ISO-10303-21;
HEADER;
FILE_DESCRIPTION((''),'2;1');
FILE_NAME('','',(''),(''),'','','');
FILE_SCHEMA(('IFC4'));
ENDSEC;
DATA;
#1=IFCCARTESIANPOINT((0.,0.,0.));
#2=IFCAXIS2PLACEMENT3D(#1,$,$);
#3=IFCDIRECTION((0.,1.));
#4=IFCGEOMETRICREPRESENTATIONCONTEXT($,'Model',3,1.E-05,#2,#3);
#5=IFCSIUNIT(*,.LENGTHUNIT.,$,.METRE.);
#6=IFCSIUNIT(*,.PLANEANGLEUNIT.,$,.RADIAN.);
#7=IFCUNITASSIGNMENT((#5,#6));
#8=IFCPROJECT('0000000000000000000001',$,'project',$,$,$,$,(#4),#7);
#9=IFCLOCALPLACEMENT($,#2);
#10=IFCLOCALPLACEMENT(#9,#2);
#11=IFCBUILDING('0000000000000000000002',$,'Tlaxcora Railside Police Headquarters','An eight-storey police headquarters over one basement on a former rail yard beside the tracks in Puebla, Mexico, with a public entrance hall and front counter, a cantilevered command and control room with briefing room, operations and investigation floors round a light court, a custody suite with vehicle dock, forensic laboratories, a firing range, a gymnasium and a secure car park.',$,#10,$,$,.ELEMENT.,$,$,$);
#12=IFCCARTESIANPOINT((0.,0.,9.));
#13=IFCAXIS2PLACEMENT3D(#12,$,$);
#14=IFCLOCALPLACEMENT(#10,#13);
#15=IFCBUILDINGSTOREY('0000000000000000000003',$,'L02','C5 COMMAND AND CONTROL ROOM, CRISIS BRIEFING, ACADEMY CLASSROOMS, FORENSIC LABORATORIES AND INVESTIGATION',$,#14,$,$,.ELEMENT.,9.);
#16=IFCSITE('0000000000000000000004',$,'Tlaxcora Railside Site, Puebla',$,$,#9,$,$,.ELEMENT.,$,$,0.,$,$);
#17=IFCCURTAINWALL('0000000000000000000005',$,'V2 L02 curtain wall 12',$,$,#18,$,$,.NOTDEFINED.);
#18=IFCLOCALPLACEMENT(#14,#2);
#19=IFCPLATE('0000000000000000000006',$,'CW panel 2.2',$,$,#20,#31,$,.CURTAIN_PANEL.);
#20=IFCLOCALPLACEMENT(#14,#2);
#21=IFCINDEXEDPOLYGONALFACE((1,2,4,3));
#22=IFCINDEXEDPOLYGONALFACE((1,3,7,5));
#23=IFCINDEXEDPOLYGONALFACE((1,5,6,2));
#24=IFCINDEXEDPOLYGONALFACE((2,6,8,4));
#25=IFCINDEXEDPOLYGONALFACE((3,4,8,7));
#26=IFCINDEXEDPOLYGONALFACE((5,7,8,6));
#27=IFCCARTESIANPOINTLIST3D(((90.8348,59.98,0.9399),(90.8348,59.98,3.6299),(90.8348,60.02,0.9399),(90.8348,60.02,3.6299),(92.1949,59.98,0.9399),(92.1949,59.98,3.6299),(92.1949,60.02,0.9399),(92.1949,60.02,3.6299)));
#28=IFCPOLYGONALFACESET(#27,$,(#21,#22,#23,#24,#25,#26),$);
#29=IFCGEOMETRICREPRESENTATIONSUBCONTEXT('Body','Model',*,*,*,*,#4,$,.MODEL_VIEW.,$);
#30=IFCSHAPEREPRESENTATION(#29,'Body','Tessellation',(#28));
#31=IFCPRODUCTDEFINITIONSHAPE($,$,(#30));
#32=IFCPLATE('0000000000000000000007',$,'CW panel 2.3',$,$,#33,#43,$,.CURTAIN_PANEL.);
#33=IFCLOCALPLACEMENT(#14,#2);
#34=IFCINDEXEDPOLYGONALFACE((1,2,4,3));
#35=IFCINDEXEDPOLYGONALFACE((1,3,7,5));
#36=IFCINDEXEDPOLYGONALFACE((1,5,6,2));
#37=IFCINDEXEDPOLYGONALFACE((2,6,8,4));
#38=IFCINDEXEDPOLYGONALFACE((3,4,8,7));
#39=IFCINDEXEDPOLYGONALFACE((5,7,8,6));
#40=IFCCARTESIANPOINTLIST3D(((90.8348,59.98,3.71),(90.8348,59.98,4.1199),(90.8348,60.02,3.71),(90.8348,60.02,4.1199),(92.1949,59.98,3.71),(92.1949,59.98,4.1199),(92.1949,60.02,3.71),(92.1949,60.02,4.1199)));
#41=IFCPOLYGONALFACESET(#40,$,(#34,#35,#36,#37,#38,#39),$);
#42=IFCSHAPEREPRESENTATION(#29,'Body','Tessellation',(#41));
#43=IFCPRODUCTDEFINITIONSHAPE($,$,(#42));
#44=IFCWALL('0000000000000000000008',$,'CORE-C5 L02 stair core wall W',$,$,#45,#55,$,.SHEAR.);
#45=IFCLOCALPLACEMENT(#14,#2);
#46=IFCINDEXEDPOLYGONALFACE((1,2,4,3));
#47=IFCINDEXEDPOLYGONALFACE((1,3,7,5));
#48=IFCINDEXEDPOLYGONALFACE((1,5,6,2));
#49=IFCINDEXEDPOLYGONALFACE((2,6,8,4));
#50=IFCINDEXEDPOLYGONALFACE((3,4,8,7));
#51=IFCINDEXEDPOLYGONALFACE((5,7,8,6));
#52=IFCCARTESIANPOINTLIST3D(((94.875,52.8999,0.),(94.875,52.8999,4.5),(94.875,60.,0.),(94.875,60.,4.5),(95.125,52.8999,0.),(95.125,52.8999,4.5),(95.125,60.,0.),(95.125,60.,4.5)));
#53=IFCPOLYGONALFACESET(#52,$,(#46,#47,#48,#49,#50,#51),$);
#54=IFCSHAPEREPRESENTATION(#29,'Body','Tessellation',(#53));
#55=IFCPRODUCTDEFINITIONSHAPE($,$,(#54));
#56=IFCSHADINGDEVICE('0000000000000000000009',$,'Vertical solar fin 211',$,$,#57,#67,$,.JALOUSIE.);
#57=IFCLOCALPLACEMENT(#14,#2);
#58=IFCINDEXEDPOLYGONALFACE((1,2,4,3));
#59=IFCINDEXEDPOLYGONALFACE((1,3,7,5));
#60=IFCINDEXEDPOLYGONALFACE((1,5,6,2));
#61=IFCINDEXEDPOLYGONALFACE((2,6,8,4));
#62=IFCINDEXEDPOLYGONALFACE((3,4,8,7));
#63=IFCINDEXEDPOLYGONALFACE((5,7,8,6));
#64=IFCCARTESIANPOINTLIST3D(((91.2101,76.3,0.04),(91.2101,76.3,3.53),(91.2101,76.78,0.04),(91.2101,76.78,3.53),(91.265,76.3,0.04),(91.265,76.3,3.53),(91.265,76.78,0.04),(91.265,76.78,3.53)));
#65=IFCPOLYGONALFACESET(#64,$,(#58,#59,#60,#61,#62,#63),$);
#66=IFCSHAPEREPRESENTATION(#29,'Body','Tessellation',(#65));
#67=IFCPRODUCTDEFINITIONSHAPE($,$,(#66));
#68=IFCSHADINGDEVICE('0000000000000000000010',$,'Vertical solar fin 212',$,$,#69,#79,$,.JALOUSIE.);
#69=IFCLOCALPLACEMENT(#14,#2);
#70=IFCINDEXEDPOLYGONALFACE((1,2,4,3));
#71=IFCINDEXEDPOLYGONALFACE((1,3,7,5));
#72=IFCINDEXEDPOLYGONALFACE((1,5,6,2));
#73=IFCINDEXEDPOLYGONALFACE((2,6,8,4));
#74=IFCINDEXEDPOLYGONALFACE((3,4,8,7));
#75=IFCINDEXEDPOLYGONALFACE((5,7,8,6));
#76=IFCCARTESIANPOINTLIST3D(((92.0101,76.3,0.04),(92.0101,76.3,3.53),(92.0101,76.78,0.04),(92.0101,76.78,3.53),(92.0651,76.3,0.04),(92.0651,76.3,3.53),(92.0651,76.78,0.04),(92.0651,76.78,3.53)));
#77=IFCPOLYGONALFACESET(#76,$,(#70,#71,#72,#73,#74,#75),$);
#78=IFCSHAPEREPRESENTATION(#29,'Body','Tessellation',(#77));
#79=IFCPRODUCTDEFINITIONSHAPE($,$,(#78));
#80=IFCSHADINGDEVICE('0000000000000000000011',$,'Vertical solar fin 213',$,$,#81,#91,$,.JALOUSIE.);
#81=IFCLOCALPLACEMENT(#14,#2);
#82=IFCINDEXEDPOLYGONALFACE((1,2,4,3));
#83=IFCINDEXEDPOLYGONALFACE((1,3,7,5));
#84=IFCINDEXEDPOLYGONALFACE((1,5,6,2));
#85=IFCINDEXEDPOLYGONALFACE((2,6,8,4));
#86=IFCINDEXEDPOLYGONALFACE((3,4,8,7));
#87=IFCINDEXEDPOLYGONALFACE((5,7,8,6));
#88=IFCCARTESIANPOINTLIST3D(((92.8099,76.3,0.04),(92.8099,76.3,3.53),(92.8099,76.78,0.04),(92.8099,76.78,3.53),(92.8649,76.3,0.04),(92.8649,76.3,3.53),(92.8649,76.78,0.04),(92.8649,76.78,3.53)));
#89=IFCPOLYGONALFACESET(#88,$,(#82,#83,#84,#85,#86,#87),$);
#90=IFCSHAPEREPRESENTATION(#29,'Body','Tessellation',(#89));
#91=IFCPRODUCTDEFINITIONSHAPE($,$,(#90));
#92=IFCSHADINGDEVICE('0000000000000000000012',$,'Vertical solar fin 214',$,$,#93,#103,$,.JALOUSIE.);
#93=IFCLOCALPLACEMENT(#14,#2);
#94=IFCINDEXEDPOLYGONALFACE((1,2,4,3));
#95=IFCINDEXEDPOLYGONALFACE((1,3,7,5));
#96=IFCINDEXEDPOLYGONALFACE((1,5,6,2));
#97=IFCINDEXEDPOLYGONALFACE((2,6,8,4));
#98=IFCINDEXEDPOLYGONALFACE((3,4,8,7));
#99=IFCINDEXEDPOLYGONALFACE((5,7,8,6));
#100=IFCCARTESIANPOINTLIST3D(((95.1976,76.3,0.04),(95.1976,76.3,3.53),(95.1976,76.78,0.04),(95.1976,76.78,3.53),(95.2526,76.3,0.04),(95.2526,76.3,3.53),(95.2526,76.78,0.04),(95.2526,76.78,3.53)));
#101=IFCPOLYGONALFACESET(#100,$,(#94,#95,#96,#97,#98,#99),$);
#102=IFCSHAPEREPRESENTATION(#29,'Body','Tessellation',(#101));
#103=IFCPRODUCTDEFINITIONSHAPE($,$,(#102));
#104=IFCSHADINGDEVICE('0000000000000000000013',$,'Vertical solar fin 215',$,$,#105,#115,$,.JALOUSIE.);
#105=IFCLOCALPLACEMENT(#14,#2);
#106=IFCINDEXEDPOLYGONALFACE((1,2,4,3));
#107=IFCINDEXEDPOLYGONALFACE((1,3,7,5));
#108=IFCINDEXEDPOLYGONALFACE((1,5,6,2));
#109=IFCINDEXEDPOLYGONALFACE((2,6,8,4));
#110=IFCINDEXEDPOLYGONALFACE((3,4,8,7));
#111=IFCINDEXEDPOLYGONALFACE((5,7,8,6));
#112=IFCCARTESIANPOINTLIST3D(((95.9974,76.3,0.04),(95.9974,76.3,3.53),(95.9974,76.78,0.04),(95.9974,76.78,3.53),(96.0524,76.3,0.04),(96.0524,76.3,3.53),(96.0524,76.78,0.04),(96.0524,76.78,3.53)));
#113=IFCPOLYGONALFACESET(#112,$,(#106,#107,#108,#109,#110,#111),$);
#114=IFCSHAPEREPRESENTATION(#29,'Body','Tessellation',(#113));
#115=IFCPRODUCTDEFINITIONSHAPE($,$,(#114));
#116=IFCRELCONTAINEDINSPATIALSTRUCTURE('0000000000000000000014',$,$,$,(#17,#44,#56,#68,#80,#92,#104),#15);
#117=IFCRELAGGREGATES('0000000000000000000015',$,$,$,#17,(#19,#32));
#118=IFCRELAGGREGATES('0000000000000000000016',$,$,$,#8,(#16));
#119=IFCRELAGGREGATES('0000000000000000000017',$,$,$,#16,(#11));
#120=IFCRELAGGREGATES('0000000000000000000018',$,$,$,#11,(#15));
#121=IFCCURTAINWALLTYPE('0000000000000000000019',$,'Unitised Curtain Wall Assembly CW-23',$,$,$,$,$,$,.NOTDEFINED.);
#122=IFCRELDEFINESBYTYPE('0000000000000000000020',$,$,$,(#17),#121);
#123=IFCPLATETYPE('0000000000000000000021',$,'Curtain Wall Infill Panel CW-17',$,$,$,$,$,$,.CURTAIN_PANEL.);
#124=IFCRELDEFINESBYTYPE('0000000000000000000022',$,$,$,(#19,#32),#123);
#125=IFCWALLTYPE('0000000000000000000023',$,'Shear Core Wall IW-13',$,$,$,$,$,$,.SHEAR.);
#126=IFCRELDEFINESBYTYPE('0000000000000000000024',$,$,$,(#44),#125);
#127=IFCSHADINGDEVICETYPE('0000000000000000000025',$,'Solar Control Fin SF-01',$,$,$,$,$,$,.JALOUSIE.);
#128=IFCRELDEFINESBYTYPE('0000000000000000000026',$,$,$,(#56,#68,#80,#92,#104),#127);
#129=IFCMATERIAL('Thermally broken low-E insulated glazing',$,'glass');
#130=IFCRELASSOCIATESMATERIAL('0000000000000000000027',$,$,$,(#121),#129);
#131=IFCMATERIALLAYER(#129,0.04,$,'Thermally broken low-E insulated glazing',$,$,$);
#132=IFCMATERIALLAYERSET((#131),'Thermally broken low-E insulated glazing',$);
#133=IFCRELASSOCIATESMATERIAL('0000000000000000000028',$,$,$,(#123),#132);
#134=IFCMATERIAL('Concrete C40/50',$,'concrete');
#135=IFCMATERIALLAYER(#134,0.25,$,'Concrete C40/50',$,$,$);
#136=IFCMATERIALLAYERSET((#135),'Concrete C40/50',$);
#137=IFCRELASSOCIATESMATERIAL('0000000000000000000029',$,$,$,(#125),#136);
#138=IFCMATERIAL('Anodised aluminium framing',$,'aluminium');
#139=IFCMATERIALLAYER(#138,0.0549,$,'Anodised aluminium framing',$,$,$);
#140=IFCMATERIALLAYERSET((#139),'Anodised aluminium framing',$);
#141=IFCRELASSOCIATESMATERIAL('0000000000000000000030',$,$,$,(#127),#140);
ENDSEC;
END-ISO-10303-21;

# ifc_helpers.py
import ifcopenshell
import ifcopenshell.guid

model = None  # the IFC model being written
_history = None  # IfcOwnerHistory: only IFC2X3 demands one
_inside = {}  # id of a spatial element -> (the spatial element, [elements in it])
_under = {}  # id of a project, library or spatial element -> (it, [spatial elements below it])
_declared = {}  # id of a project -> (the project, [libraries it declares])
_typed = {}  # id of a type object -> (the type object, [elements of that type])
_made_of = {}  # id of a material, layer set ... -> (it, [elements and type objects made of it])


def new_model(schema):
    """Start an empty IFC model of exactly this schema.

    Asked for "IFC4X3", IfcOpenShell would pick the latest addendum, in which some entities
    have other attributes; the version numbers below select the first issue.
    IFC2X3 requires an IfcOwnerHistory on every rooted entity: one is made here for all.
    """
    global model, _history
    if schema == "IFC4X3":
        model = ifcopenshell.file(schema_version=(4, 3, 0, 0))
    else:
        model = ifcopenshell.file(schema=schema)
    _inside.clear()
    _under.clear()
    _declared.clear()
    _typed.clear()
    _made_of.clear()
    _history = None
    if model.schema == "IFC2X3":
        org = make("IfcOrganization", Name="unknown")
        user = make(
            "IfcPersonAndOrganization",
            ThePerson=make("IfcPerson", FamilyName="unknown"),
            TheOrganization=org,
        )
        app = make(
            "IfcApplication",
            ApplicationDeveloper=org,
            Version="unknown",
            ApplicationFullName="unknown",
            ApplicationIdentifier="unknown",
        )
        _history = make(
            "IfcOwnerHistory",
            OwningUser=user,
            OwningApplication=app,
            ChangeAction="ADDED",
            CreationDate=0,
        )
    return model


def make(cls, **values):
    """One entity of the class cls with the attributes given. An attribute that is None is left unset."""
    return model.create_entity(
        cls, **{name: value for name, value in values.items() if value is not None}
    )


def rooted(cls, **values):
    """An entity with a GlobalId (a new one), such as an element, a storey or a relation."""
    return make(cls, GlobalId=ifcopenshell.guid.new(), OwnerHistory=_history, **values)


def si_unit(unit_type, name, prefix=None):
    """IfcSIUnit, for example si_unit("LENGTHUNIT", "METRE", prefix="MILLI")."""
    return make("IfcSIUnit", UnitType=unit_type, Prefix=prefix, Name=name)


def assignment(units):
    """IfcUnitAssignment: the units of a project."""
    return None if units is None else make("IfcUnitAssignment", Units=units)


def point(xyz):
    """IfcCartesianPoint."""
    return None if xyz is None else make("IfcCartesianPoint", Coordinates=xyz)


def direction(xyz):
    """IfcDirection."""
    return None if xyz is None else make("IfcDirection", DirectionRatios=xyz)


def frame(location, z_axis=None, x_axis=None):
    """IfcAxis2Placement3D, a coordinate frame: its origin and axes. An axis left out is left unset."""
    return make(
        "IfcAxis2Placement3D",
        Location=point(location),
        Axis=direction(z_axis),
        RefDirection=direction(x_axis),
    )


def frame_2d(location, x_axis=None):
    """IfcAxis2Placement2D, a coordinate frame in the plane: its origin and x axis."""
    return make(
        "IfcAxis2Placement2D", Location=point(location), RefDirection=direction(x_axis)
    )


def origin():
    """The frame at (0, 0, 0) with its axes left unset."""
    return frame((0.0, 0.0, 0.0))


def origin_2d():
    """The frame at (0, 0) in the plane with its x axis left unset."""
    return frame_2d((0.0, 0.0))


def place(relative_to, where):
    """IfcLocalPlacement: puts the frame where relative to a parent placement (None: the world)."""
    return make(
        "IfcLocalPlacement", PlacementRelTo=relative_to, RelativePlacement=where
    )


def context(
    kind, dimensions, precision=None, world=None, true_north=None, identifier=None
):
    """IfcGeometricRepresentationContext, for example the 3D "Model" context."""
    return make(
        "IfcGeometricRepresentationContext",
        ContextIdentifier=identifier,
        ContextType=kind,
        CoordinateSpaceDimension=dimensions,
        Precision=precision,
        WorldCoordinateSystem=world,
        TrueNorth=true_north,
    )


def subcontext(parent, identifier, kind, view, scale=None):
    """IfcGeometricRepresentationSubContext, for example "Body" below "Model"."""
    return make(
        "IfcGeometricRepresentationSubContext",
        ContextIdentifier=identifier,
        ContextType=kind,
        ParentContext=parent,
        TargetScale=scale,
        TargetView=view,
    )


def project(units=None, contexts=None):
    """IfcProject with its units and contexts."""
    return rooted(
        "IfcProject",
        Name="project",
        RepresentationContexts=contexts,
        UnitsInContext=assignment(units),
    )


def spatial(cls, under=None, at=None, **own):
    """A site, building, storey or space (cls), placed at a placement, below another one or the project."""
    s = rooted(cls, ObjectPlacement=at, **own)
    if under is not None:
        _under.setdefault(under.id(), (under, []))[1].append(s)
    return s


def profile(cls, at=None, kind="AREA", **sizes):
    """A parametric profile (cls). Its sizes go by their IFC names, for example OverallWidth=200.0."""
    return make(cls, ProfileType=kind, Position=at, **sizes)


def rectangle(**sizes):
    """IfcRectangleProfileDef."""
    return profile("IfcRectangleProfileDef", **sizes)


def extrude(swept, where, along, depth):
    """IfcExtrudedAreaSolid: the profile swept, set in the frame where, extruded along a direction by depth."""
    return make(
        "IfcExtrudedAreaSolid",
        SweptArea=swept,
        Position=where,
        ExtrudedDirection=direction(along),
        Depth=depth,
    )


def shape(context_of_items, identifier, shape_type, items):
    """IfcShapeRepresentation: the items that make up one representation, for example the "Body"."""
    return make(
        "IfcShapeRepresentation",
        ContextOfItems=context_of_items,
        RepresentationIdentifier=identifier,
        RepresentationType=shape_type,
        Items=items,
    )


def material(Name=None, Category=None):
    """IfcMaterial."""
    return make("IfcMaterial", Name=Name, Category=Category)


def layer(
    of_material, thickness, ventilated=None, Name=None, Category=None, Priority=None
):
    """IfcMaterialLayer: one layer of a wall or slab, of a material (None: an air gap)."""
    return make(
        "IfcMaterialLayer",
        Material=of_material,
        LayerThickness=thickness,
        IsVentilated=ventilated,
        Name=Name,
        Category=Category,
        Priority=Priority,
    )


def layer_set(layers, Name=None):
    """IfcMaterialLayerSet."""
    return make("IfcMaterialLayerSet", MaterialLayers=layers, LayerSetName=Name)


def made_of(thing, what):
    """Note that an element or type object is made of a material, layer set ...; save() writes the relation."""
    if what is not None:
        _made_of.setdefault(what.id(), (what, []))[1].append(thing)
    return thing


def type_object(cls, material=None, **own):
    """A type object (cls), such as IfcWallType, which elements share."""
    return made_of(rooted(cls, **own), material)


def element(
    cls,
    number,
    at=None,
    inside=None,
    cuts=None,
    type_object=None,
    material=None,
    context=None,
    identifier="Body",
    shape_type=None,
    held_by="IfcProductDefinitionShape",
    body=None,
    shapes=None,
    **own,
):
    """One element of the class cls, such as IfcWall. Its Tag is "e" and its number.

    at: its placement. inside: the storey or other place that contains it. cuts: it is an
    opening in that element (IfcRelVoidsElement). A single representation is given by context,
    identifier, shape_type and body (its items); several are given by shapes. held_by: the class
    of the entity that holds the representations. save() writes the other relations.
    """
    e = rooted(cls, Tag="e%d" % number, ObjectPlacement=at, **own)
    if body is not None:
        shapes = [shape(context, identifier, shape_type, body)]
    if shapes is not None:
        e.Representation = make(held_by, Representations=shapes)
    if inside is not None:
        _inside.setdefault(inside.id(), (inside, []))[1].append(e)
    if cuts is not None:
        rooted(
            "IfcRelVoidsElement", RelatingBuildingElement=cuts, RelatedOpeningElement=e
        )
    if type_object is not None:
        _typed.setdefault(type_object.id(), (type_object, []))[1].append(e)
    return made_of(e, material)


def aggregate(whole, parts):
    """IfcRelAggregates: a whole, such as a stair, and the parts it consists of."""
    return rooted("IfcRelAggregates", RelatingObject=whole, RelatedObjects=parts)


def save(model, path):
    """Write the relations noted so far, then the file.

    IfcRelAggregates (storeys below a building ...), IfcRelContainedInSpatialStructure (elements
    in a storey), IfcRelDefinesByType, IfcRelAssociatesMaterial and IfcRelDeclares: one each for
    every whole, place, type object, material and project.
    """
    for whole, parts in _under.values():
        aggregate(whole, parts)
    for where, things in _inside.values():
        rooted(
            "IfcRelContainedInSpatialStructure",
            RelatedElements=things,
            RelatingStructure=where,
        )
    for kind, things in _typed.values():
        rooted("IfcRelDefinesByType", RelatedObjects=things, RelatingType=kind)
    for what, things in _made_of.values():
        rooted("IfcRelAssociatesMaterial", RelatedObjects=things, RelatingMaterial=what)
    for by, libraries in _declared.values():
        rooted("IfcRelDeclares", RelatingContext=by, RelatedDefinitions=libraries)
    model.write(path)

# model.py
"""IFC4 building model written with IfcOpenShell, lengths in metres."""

from ifc_helpers import new_model, si_unit, direction, frame, frame_2d, origin, origin_2d, place, context, subcontext, project, spatial, rectangle, extrude, material, layer, layer_set, type_object, element, aggregate, save


model = new_model("IFC4")

# Units and contexts
model_context = context("Model", 3, precision=1e-05, world=origin(), true_north=direction((0.0, 1.0)))
body_context = subcontext(model_context, "Body", "Model", "MODEL_VIEW")
ifc_project = project(units=[si_unit("LENGTHUNIT", "METRE"), si_unit("PLANEANGLEUNIT", "RADIAN")], contexts=[model_context])

# Site, building, storey
site_placement = place(None, origin())
site = spatial("IfcSite", under=ifc_project, at=site_placement, Name="Tlaxcora Railside Site, Puebla", CompositionType="ELEMENT", RefElevation=0.0)
building_placement = place(site_placement, origin())
building = spatial("IfcBuilding", under=site, at=building_placement, Name="Tlaxcora Railside Police Headquarters", Description="An eight-storey police headquarters over one basement on a former rail yard beside the tracks in Puebla, Mexico, with a public entrance hall and front counter, a cantilevered command and control room with briefing room, operations and investigation floors round a light court, a custody suite with vehicle dock, forensic laboratories, a firing range, a gymnasium and a secure car park.", CompositionType="ELEMENT")
storey_placement = place(building_placement, frame((0.0, 0.0, 9.0)))
storey = spatial("IfcBuildingStorey", under=building, at=storey_placement, Name="L02", Description="C5 COMMAND AND CONTROL ROOM, CRISIS BRIEFING, ACADEMY CLASSROOMS, FORENSIC LABORATORIES AND INVESTIGATION", CompositionType="ELEMENT", Elevation=9.0)

# Shared definitions
ifc_material_1 = material(Name="Concrete C40/50", Category="concrete")

# Curtain wall, plates
ifc_material_2 = material(Name="Thermally broken low-E insulated glazing", Category="glass")
curtain_wall_type = type_object("IfcCurtainWallType", Name="Unitised Curtain Wall Assembly CW-23", PredefinedType="NOTDEFINED", material=ifc_material_2)
curtain_wall_placement = place(storey_placement, origin())
curtain_wall = element("IfcCurtainWall", 1, at=curtain_wall_placement, inside=storey, type_object=curtain_wall_type, Name="V2 L02 curtain wall 12", PredefinedType="NOTDEFINED")
ifc_material_3 = material(Name="Anodised aluminium framing", Category="aluminium")
ifc_layer_1 = layer(ifc_material_2, 0.04, Name="Thermally broken low-E insulated glazing")
ifc_layer_set_1 = layer_set([ifc_layer_1], Name="Thermally broken low-E insulated glazing")
plate_type = type_object("IfcPlateType", Name="Curtain Wall Infill Panel CW-17", PredefinedType="CURTAIN_PANEL", material=ifc_layer_set_1)
plate_1_placement = place(storey_placement, frame((91.5149, 60.0, 0.9399), z_axis=(0.0, 0.0, 1.0), x_axis=(-1.0, 0.0, 0.0)))
plate_1 = element("IfcPlate", 2, at=plate_1_placement, type_object=plate_type, Name="CW panel 2.2", PredefinedType="CURTAIN_PANEL", context=body_context, shape_type="SweptSolid", body=[
    extrude(rectangle(XDim=1.3601, YDim=0.04, at=origin_2d()), origin(), (0.0, 0.0, 1.0), 2.6899),
])
plate_2_placement = place(storey_placement, frame((91.5149, 60.0, 3.71), z_axis=(0.0, 0.0, 1.0), x_axis=(-1.0, 0.0, 0.0)))
plate_2 = element("IfcPlate", 3, at=plate_2_placement, type_object=plate_type, Name="CW panel 2.3", PredefinedType="CURTAIN_PANEL", context=body_context, shape_type="SweptSolid", body=[
    extrude(rectangle(XDim=1.3601, YDim=0.04, at=origin_2d()), origin(), (0.0, 0.0, 1.0), 0.4099),
])
aggregate(curtain_wall, [plate_1, plate_2])

# Wall
ifc_layer_2 = layer(ifc_material_1, 0.25, Name="Concrete C40/50")
ifc_layer_set_2 = layer_set([ifc_layer_2], Name="Concrete C40/50")
wall_type = type_object("IfcWallType", Name="Shear Core Wall IW-13", PredefinedType="SHEAR", material=ifc_layer_set_2)
wall_placement = place(storey_placement, frame((95.0, 60.0, 0.0), z_axis=(0.0, 0.0, 1.0), x_axis=(0.0, -1.0, 0.0)))
element("IfcWall", 4, at=wall_placement, inside=storey, type_object=wall_type, Name="CORE-C5 L02 stair core wall W", PredefinedType="SHEAR", context=body_context, shape_type="SweptSolid", body=[
    extrude(rectangle(XDim=7.1001, YDim=0.25, at=frame_2d((3.55, 0.0))), origin(), (0.0, 0.0, 1.0), 4.5),
])

# Shading devices
ifc_layer_3 = layer(ifc_material_3, 0.0549, Name="Anodised aluminium framing")
ifc_layer_set_3 = layer_set([ifc_layer_3], Name="Anodised aluminium framing")
shading_device_type = type_object("IfcShadingDeviceType", Name="Solar Control Fin SF-01", PredefinedType="JALOUSIE", material=ifc_layer_set_3)
for number, where, z_axis, x_axis, name in (
    (5, (91.2375, 76.54, 0.04), (0.0, 0.0, 1.0), (0.0, -1.0, 0.0), "Vertical solar fin 211"),
    (6, (92.0376, 76.54, 0.04), (0.0, 0.0, 1.0), (0.0, -1.0, 0.0), "Vertical solar fin 212"),
    (7, (92.8374, 76.54, 0.04), (0.0, 0.0, 1.0), (0.0, -1.0, 0.0), "Vertical solar fin 213"),
    (8, (95.2251, 76.54, 0.04), (0.0, 0.0, 1.0), (0.0, -1.0, 0.0), "Vertical solar fin 214"),
    (9, (96.0249, 76.54, 0.04), (0.0, 0.0, 1.0), (0.0, -1.0, 0.0), "Vertical solar fin 215"),
):
    element("IfcShadingDevice", number, at=place(storey_placement, frame(where, z_axis=z_axis, x_axis=x_axis)), inside=storey, type_object=shading_device_type, Name=name, PredefinedType="JALOUSIE", context=body_context, shape_type="SweptSolid", body=[
        extrude(rectangle(XDim=0.48, YDim=0.0549, at=origin_2d()), origin(), (0.0, 0.0, 1.0), 3.49),
    ])

save(model, "model.ifc")
